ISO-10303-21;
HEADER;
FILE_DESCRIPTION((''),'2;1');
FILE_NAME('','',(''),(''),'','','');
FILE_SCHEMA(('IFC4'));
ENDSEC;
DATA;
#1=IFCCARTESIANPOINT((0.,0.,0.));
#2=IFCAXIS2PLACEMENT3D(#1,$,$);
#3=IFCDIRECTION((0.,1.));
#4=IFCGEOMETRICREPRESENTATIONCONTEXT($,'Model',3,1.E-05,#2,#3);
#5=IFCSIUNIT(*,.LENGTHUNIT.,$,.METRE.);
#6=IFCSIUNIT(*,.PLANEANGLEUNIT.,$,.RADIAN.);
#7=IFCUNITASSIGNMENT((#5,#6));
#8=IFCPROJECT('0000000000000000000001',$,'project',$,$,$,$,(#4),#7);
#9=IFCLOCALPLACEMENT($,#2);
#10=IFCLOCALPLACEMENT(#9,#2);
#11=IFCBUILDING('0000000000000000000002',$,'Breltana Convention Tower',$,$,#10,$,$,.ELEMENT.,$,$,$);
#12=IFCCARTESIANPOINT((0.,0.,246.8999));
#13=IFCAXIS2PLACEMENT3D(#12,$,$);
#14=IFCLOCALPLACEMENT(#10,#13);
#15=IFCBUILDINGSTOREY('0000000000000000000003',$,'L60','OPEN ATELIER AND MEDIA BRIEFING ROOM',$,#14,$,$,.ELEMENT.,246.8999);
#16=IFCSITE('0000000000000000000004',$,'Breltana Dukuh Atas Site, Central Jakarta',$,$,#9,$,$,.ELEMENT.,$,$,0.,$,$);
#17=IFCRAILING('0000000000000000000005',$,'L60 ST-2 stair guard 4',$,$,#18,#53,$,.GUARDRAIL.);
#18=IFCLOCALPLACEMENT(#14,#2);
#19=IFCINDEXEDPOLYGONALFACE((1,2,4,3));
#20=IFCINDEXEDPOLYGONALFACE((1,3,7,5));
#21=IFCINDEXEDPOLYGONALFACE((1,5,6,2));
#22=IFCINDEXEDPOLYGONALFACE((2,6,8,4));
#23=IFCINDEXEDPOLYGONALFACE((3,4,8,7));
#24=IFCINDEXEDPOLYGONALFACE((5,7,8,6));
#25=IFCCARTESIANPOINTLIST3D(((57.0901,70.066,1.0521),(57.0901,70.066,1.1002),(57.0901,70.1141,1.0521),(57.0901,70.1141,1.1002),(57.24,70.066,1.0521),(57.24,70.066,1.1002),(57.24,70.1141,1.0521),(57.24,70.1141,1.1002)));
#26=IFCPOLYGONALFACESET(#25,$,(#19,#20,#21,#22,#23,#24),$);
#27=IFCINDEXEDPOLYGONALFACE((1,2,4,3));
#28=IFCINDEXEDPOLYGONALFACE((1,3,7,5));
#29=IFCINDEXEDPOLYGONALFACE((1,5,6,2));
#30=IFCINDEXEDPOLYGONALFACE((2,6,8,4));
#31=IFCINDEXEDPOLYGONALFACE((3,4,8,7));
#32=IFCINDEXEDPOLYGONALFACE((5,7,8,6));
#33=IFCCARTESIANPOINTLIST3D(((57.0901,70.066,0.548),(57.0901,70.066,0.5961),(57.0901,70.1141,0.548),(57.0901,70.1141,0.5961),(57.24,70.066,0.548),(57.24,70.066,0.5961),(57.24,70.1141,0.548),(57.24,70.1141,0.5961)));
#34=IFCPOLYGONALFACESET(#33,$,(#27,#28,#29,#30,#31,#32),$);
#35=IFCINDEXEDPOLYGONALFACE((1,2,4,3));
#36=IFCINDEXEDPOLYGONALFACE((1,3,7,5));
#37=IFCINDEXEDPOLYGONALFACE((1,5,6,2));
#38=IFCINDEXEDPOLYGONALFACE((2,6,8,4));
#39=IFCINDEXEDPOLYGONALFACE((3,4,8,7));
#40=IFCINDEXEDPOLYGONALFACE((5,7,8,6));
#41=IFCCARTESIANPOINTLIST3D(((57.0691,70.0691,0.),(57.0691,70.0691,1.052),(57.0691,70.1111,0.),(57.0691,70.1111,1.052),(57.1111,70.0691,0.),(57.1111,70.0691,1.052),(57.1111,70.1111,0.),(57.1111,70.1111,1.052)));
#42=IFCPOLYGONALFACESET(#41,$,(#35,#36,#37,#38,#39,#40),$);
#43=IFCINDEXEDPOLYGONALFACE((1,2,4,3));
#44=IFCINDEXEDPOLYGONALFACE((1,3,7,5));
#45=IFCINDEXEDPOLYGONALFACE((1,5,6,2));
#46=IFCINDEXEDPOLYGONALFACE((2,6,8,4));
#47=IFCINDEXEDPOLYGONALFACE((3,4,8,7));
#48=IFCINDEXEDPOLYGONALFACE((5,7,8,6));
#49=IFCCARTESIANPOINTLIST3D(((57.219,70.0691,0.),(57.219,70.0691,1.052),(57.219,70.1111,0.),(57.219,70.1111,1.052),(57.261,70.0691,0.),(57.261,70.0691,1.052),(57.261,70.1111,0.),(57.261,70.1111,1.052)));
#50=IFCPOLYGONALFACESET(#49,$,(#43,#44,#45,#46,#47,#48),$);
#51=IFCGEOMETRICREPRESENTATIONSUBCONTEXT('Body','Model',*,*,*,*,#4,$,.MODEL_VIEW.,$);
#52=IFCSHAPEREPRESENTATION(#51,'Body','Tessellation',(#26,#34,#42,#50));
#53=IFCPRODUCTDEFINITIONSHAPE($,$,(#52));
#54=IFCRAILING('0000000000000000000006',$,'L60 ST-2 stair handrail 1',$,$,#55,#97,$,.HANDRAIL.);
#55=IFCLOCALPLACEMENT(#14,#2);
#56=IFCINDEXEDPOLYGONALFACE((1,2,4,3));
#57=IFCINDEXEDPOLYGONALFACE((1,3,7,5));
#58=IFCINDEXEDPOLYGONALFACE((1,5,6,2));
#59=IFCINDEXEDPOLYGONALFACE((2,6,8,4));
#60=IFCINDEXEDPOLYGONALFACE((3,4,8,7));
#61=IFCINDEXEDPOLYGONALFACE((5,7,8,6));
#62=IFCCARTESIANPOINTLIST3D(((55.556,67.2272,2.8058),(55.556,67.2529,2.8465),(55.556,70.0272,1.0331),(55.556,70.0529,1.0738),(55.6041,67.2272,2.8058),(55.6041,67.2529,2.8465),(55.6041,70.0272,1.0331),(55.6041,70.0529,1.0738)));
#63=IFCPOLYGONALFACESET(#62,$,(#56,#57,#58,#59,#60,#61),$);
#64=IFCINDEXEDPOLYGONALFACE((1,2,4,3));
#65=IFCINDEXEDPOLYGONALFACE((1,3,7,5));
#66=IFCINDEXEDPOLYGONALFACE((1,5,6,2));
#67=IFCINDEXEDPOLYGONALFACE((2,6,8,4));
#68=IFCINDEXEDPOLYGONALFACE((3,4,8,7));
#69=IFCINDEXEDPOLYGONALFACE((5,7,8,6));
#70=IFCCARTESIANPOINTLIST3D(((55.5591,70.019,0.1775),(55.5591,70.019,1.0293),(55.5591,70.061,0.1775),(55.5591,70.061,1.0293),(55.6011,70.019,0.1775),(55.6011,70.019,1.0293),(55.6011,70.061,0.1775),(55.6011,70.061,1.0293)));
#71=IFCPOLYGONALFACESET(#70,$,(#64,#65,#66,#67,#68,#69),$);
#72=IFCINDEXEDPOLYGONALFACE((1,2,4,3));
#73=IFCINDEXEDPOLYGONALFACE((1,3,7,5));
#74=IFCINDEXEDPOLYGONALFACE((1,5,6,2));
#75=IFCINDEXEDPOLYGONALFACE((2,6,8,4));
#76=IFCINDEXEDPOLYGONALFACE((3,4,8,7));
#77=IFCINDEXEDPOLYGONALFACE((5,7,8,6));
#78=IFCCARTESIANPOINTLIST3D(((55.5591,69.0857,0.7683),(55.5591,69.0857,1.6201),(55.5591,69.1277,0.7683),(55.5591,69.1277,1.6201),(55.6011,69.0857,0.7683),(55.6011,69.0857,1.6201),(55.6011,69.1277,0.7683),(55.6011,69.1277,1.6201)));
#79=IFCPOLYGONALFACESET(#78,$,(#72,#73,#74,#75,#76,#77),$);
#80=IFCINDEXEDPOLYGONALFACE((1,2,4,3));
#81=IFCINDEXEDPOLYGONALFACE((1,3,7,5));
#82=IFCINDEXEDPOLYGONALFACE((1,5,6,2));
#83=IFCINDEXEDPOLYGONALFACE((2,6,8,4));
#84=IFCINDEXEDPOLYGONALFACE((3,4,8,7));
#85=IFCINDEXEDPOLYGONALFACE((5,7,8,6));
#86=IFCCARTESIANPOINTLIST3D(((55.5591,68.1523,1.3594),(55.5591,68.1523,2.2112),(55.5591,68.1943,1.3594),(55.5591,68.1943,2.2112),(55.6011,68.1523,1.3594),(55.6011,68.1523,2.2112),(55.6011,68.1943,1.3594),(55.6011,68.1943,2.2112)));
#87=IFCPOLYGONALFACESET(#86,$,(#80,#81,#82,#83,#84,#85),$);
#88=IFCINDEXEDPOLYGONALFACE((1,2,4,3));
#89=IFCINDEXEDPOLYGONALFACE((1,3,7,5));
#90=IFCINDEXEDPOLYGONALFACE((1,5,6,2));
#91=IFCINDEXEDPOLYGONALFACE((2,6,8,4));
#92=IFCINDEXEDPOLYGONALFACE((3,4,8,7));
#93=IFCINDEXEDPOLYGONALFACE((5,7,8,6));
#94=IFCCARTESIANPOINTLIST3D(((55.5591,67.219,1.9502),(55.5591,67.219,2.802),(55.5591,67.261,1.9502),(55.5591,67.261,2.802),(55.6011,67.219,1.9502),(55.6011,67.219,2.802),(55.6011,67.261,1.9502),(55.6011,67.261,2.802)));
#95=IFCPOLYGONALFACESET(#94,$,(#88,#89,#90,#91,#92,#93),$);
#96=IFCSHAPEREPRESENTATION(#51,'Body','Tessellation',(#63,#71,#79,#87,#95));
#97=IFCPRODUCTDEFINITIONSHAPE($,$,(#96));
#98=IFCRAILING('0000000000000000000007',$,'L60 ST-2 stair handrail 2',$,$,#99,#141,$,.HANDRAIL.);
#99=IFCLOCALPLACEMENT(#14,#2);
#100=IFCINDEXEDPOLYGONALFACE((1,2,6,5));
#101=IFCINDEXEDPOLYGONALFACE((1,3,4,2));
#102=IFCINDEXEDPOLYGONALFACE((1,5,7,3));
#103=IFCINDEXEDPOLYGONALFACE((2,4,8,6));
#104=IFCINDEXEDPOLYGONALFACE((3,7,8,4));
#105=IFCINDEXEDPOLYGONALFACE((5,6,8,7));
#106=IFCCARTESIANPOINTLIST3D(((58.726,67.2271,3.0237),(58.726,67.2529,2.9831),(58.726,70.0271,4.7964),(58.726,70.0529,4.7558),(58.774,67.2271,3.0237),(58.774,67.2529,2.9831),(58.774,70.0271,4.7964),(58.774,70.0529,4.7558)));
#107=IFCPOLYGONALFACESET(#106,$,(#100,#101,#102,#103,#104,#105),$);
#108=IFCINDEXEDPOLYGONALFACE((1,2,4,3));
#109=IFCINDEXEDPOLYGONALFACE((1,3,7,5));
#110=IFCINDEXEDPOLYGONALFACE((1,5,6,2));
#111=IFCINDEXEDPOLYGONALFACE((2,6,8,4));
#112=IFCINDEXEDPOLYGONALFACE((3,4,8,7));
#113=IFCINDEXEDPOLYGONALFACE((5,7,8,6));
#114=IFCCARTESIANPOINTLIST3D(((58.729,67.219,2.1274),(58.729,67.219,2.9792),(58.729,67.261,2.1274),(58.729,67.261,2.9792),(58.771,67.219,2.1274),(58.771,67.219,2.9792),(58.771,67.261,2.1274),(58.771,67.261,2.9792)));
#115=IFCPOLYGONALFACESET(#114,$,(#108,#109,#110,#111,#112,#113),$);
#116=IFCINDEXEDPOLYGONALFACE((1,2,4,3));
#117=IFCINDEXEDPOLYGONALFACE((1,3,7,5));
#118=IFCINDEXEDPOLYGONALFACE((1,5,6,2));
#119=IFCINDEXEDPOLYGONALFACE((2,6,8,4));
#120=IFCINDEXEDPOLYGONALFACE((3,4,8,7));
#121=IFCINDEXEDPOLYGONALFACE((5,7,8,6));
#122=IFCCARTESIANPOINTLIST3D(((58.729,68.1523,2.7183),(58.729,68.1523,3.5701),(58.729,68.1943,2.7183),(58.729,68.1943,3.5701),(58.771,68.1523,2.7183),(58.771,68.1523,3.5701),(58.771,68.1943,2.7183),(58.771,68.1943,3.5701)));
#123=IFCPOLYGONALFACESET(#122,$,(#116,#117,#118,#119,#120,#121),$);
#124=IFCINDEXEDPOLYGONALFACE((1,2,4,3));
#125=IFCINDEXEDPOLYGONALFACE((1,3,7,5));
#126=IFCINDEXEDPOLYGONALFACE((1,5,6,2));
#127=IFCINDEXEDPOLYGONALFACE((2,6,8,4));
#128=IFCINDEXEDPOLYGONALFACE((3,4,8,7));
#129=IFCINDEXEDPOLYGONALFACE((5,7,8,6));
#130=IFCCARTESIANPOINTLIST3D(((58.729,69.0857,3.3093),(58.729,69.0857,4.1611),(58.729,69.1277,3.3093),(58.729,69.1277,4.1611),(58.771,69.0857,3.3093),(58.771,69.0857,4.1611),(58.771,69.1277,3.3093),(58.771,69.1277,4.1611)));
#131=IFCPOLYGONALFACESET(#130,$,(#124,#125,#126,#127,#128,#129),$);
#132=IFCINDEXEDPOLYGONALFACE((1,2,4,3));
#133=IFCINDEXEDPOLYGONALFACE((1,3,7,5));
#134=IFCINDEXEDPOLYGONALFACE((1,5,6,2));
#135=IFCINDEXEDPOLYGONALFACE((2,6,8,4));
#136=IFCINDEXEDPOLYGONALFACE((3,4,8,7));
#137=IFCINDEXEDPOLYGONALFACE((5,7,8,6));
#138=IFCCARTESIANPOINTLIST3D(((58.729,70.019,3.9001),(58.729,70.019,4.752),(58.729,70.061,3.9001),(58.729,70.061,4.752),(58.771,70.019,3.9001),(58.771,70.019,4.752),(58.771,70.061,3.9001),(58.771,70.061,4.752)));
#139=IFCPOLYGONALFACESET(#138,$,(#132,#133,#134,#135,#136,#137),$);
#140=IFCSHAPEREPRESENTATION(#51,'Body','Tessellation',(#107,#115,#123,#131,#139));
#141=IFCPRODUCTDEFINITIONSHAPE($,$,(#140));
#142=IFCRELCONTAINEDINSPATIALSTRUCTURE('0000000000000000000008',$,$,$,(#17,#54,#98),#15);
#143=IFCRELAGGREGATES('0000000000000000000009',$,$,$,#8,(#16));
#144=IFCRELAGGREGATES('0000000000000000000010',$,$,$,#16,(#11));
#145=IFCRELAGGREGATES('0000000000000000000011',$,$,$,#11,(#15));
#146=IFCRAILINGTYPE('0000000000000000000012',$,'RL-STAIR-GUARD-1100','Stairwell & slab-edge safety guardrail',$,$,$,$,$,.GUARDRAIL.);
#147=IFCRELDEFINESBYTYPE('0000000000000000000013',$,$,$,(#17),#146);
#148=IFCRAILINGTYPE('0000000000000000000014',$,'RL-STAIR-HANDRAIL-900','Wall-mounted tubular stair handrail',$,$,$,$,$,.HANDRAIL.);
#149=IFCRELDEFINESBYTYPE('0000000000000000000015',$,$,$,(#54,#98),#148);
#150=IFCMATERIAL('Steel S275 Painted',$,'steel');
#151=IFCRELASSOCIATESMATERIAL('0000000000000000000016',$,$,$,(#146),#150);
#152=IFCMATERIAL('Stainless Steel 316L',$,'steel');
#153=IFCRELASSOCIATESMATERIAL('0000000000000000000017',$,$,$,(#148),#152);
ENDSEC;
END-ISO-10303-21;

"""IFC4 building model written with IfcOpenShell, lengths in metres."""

from ifc_helpers import new_model, si_unit, direction, frame, origin, origin_2d, place, context, subcontext, project, spatial, rectangle, extrude, material, type_object, element, save


model = new_model("IFC4")

# Units and contexts
model_context = context("Model", 3, precision=1e-05, world=origin(), true_north=direction((0.0, 1.0)))
body_context = subcontext(model_context, "Body", "Model", "MODEL_VIEW")
ifc_project = project(units=[si_unit("LENGTHUNIT", "METRE"), si_unit("PLANEANGLEUNIT", "RADIAN")], contexts=[model_context])

# Site, building, storey
site_placement = place(None, origin())
site = spatial("IfcSite", under=ifc_project, at=site_placement, Name="Breltana Dukuh Atas Site, Central Jakarta", CompositionType="ELEMENT", RefElevation=0.0)
building_placement = place(site_placement, origin())
building = spatial("IfcBuilding", under=site, at=building_placement, Name="Breltana Convention Tower", CompositionType="ELEMENT")
storey_placement = place(building_placement, frame((0.0, 0.0, 246.8999)))
storey = spatial("IfcBuildingStorey", under=building, at=storey_placement, Name="L60", Description="OPEN ATELIER AND MEDIA BRIEFING ROOM", CompositionType="ELEMENT", Elevation=246.8999)

# Railings
ifc_material_1 = material(Name="Steel S275 Painted", Category="steel")
railing_type_1 = type_object("IfcRailingType", Name="RL-STAIR-GUARD-1100", Description="Stairwell & slab-edge safety guardrail", PredefinedType="GUARDRAIL", material=ifc_material_1)
railing_1_placement = place(storey_placement, frame((57.0901, 70.0901, 0.0)))
element("IfcRailing", 1, at=railing_1_placement, inside=storey, type_object=railing_type_1, Name="L60 ST-2 stair guard 4", PredefinedType="GUARDRAIL", context=body_context, shape_type="SweptSolid", body=[
    extrude(rectangle(XDim=0.0481, YDim=0.0481, at=origin_2d()), frame((0.0, 0.0, 1.0762), z_axis=(1.0, 0.0, 0.0), x_axis=(0.0, 1.0, 0.0)), (0.0, 0.0, 1.0), 0.1499),
    extrude(rectangle(XDim=0.0481, YDim=0.0481, at=origin_2d()), frame((0.0, 0.0, 0.572), z_axis=(1.0, 0.0, 0.0), x_axis=(0.0, 1.0, 0.0)), (0.0, 0.0, 1.0), 0.1499),
    extrude(rectangle(XDim=0.042, YDim=0.042, at=origin_2d()), origin(), (0.0, 0.0, 1.0), 1.052),
    extrude(rectangle(XDim=0.042, YDim=0.042, at=origin_2d()), frame((0.1499, 0.0, 0.0)), (0.0, 0.0, 1.0), 1.052),
])
ifc_material_2 = material(Name="Stainless Steel 316L", Category="steel")
railing_type_2 = type_object("IfcRailingType", Name="RL-STAIR-HANDRAIL-900", Description="Wall-mounted tubular stair handrail", PredefinedType="HANDRAIL", material=ifc_material_2)
railing_2_placement = place(storey_placement, frame((55.5801, 70.04, 0.1775)))
element("IfcRailing", 2, at=railing_2_placement, inside=storey, type_object=railing_type_2, Name="L60 ST-2 stair handrail 1", PredefinedType="HANDRAIL", context=body_context, shape_type="SweptSolid", body=[
    extrude(rectangle(XDim=0.0481, YDim=0.0481, at=origin_2d()), frame((0.0, 0.0, 0.876), z_axis=(0.0, -0.844909, 0.53491), x_axis=(1.0, 0.0, 0.0)), (0.0, 0.0, 1.0), 3.314),
    extrude(rectangle(XDim=0.042, YDim=0.042, at=origin_2d()), origin(), (0.0, 0.0, 1.0), 0.8518),
    extrude(rectangle(XDim=0.042, YDim=0.042, at=origin_2d()), frame((0.0, -0.9333, 0.5908)), (0.0, 0.0, 1.0), 0.8518),
    extrude(rectangle(XDim=0.042, YDim=0.042, at=origin_2d()), frame((0.0, -1.8667, 1.1819)), (0.0, 0.0, 1.0), 0.8518),
    extrude(rectangle(XDim=0.042, YDim=0.042, at=origin_2d()), frame((0.0, -2.8, 1.7727)), (0.0, 0.0, 1.0), 0.8518),
])
railing_3_placement = place(storey_placement, frame((58.75, 67.24, 2.1274)))
element("IfcRailing", 3, at=railing_3_placement, inside=storey, type_object=railing_type_2, Name="L60 ST-2 stair handrail 2", PredefinedType="HANDRAIL", context=body_context, shape_type="SweptSolid", body=[
    extrude(rectangle(XDim=0.0481, YDim=0.0481, at=origin_2d()), frame((0.0, 0.0, 0.876), z_axis=(0.0, 0.844909, 0.53491), x_axis=(-1.0, 0.0, 0.0)), (0.0, 0.0, 1.0), 3.314),
    extrude(rectangle(XDim=0.042, YDim=0.042, at=origin_2d()), origin(), (0.0, 0.0, 1.0), 0.8518),
    extrude(rectangle(XDim=0.042, YDim=0.042, at=origin_2d()), frame((0.0, 0.9333, 0.5908)), (0.0, 0.0, 1.0), 0.8518),
    extrude(rectangle(XDim=0.042, YDim=0.042, at=origin_2d()), frame((0.0, 1.8667, 1.1819)), (0.0, 0.0, 1.0), 0.8518),
    extrude(rectangle(XDim=0.042, YDim=0.042, at=origin_2d()), frame((0.0, 2.8, 1.7727)), (0.0, 0.0, 1.0), 0.8518),
])

save(model, "model.ifc")
